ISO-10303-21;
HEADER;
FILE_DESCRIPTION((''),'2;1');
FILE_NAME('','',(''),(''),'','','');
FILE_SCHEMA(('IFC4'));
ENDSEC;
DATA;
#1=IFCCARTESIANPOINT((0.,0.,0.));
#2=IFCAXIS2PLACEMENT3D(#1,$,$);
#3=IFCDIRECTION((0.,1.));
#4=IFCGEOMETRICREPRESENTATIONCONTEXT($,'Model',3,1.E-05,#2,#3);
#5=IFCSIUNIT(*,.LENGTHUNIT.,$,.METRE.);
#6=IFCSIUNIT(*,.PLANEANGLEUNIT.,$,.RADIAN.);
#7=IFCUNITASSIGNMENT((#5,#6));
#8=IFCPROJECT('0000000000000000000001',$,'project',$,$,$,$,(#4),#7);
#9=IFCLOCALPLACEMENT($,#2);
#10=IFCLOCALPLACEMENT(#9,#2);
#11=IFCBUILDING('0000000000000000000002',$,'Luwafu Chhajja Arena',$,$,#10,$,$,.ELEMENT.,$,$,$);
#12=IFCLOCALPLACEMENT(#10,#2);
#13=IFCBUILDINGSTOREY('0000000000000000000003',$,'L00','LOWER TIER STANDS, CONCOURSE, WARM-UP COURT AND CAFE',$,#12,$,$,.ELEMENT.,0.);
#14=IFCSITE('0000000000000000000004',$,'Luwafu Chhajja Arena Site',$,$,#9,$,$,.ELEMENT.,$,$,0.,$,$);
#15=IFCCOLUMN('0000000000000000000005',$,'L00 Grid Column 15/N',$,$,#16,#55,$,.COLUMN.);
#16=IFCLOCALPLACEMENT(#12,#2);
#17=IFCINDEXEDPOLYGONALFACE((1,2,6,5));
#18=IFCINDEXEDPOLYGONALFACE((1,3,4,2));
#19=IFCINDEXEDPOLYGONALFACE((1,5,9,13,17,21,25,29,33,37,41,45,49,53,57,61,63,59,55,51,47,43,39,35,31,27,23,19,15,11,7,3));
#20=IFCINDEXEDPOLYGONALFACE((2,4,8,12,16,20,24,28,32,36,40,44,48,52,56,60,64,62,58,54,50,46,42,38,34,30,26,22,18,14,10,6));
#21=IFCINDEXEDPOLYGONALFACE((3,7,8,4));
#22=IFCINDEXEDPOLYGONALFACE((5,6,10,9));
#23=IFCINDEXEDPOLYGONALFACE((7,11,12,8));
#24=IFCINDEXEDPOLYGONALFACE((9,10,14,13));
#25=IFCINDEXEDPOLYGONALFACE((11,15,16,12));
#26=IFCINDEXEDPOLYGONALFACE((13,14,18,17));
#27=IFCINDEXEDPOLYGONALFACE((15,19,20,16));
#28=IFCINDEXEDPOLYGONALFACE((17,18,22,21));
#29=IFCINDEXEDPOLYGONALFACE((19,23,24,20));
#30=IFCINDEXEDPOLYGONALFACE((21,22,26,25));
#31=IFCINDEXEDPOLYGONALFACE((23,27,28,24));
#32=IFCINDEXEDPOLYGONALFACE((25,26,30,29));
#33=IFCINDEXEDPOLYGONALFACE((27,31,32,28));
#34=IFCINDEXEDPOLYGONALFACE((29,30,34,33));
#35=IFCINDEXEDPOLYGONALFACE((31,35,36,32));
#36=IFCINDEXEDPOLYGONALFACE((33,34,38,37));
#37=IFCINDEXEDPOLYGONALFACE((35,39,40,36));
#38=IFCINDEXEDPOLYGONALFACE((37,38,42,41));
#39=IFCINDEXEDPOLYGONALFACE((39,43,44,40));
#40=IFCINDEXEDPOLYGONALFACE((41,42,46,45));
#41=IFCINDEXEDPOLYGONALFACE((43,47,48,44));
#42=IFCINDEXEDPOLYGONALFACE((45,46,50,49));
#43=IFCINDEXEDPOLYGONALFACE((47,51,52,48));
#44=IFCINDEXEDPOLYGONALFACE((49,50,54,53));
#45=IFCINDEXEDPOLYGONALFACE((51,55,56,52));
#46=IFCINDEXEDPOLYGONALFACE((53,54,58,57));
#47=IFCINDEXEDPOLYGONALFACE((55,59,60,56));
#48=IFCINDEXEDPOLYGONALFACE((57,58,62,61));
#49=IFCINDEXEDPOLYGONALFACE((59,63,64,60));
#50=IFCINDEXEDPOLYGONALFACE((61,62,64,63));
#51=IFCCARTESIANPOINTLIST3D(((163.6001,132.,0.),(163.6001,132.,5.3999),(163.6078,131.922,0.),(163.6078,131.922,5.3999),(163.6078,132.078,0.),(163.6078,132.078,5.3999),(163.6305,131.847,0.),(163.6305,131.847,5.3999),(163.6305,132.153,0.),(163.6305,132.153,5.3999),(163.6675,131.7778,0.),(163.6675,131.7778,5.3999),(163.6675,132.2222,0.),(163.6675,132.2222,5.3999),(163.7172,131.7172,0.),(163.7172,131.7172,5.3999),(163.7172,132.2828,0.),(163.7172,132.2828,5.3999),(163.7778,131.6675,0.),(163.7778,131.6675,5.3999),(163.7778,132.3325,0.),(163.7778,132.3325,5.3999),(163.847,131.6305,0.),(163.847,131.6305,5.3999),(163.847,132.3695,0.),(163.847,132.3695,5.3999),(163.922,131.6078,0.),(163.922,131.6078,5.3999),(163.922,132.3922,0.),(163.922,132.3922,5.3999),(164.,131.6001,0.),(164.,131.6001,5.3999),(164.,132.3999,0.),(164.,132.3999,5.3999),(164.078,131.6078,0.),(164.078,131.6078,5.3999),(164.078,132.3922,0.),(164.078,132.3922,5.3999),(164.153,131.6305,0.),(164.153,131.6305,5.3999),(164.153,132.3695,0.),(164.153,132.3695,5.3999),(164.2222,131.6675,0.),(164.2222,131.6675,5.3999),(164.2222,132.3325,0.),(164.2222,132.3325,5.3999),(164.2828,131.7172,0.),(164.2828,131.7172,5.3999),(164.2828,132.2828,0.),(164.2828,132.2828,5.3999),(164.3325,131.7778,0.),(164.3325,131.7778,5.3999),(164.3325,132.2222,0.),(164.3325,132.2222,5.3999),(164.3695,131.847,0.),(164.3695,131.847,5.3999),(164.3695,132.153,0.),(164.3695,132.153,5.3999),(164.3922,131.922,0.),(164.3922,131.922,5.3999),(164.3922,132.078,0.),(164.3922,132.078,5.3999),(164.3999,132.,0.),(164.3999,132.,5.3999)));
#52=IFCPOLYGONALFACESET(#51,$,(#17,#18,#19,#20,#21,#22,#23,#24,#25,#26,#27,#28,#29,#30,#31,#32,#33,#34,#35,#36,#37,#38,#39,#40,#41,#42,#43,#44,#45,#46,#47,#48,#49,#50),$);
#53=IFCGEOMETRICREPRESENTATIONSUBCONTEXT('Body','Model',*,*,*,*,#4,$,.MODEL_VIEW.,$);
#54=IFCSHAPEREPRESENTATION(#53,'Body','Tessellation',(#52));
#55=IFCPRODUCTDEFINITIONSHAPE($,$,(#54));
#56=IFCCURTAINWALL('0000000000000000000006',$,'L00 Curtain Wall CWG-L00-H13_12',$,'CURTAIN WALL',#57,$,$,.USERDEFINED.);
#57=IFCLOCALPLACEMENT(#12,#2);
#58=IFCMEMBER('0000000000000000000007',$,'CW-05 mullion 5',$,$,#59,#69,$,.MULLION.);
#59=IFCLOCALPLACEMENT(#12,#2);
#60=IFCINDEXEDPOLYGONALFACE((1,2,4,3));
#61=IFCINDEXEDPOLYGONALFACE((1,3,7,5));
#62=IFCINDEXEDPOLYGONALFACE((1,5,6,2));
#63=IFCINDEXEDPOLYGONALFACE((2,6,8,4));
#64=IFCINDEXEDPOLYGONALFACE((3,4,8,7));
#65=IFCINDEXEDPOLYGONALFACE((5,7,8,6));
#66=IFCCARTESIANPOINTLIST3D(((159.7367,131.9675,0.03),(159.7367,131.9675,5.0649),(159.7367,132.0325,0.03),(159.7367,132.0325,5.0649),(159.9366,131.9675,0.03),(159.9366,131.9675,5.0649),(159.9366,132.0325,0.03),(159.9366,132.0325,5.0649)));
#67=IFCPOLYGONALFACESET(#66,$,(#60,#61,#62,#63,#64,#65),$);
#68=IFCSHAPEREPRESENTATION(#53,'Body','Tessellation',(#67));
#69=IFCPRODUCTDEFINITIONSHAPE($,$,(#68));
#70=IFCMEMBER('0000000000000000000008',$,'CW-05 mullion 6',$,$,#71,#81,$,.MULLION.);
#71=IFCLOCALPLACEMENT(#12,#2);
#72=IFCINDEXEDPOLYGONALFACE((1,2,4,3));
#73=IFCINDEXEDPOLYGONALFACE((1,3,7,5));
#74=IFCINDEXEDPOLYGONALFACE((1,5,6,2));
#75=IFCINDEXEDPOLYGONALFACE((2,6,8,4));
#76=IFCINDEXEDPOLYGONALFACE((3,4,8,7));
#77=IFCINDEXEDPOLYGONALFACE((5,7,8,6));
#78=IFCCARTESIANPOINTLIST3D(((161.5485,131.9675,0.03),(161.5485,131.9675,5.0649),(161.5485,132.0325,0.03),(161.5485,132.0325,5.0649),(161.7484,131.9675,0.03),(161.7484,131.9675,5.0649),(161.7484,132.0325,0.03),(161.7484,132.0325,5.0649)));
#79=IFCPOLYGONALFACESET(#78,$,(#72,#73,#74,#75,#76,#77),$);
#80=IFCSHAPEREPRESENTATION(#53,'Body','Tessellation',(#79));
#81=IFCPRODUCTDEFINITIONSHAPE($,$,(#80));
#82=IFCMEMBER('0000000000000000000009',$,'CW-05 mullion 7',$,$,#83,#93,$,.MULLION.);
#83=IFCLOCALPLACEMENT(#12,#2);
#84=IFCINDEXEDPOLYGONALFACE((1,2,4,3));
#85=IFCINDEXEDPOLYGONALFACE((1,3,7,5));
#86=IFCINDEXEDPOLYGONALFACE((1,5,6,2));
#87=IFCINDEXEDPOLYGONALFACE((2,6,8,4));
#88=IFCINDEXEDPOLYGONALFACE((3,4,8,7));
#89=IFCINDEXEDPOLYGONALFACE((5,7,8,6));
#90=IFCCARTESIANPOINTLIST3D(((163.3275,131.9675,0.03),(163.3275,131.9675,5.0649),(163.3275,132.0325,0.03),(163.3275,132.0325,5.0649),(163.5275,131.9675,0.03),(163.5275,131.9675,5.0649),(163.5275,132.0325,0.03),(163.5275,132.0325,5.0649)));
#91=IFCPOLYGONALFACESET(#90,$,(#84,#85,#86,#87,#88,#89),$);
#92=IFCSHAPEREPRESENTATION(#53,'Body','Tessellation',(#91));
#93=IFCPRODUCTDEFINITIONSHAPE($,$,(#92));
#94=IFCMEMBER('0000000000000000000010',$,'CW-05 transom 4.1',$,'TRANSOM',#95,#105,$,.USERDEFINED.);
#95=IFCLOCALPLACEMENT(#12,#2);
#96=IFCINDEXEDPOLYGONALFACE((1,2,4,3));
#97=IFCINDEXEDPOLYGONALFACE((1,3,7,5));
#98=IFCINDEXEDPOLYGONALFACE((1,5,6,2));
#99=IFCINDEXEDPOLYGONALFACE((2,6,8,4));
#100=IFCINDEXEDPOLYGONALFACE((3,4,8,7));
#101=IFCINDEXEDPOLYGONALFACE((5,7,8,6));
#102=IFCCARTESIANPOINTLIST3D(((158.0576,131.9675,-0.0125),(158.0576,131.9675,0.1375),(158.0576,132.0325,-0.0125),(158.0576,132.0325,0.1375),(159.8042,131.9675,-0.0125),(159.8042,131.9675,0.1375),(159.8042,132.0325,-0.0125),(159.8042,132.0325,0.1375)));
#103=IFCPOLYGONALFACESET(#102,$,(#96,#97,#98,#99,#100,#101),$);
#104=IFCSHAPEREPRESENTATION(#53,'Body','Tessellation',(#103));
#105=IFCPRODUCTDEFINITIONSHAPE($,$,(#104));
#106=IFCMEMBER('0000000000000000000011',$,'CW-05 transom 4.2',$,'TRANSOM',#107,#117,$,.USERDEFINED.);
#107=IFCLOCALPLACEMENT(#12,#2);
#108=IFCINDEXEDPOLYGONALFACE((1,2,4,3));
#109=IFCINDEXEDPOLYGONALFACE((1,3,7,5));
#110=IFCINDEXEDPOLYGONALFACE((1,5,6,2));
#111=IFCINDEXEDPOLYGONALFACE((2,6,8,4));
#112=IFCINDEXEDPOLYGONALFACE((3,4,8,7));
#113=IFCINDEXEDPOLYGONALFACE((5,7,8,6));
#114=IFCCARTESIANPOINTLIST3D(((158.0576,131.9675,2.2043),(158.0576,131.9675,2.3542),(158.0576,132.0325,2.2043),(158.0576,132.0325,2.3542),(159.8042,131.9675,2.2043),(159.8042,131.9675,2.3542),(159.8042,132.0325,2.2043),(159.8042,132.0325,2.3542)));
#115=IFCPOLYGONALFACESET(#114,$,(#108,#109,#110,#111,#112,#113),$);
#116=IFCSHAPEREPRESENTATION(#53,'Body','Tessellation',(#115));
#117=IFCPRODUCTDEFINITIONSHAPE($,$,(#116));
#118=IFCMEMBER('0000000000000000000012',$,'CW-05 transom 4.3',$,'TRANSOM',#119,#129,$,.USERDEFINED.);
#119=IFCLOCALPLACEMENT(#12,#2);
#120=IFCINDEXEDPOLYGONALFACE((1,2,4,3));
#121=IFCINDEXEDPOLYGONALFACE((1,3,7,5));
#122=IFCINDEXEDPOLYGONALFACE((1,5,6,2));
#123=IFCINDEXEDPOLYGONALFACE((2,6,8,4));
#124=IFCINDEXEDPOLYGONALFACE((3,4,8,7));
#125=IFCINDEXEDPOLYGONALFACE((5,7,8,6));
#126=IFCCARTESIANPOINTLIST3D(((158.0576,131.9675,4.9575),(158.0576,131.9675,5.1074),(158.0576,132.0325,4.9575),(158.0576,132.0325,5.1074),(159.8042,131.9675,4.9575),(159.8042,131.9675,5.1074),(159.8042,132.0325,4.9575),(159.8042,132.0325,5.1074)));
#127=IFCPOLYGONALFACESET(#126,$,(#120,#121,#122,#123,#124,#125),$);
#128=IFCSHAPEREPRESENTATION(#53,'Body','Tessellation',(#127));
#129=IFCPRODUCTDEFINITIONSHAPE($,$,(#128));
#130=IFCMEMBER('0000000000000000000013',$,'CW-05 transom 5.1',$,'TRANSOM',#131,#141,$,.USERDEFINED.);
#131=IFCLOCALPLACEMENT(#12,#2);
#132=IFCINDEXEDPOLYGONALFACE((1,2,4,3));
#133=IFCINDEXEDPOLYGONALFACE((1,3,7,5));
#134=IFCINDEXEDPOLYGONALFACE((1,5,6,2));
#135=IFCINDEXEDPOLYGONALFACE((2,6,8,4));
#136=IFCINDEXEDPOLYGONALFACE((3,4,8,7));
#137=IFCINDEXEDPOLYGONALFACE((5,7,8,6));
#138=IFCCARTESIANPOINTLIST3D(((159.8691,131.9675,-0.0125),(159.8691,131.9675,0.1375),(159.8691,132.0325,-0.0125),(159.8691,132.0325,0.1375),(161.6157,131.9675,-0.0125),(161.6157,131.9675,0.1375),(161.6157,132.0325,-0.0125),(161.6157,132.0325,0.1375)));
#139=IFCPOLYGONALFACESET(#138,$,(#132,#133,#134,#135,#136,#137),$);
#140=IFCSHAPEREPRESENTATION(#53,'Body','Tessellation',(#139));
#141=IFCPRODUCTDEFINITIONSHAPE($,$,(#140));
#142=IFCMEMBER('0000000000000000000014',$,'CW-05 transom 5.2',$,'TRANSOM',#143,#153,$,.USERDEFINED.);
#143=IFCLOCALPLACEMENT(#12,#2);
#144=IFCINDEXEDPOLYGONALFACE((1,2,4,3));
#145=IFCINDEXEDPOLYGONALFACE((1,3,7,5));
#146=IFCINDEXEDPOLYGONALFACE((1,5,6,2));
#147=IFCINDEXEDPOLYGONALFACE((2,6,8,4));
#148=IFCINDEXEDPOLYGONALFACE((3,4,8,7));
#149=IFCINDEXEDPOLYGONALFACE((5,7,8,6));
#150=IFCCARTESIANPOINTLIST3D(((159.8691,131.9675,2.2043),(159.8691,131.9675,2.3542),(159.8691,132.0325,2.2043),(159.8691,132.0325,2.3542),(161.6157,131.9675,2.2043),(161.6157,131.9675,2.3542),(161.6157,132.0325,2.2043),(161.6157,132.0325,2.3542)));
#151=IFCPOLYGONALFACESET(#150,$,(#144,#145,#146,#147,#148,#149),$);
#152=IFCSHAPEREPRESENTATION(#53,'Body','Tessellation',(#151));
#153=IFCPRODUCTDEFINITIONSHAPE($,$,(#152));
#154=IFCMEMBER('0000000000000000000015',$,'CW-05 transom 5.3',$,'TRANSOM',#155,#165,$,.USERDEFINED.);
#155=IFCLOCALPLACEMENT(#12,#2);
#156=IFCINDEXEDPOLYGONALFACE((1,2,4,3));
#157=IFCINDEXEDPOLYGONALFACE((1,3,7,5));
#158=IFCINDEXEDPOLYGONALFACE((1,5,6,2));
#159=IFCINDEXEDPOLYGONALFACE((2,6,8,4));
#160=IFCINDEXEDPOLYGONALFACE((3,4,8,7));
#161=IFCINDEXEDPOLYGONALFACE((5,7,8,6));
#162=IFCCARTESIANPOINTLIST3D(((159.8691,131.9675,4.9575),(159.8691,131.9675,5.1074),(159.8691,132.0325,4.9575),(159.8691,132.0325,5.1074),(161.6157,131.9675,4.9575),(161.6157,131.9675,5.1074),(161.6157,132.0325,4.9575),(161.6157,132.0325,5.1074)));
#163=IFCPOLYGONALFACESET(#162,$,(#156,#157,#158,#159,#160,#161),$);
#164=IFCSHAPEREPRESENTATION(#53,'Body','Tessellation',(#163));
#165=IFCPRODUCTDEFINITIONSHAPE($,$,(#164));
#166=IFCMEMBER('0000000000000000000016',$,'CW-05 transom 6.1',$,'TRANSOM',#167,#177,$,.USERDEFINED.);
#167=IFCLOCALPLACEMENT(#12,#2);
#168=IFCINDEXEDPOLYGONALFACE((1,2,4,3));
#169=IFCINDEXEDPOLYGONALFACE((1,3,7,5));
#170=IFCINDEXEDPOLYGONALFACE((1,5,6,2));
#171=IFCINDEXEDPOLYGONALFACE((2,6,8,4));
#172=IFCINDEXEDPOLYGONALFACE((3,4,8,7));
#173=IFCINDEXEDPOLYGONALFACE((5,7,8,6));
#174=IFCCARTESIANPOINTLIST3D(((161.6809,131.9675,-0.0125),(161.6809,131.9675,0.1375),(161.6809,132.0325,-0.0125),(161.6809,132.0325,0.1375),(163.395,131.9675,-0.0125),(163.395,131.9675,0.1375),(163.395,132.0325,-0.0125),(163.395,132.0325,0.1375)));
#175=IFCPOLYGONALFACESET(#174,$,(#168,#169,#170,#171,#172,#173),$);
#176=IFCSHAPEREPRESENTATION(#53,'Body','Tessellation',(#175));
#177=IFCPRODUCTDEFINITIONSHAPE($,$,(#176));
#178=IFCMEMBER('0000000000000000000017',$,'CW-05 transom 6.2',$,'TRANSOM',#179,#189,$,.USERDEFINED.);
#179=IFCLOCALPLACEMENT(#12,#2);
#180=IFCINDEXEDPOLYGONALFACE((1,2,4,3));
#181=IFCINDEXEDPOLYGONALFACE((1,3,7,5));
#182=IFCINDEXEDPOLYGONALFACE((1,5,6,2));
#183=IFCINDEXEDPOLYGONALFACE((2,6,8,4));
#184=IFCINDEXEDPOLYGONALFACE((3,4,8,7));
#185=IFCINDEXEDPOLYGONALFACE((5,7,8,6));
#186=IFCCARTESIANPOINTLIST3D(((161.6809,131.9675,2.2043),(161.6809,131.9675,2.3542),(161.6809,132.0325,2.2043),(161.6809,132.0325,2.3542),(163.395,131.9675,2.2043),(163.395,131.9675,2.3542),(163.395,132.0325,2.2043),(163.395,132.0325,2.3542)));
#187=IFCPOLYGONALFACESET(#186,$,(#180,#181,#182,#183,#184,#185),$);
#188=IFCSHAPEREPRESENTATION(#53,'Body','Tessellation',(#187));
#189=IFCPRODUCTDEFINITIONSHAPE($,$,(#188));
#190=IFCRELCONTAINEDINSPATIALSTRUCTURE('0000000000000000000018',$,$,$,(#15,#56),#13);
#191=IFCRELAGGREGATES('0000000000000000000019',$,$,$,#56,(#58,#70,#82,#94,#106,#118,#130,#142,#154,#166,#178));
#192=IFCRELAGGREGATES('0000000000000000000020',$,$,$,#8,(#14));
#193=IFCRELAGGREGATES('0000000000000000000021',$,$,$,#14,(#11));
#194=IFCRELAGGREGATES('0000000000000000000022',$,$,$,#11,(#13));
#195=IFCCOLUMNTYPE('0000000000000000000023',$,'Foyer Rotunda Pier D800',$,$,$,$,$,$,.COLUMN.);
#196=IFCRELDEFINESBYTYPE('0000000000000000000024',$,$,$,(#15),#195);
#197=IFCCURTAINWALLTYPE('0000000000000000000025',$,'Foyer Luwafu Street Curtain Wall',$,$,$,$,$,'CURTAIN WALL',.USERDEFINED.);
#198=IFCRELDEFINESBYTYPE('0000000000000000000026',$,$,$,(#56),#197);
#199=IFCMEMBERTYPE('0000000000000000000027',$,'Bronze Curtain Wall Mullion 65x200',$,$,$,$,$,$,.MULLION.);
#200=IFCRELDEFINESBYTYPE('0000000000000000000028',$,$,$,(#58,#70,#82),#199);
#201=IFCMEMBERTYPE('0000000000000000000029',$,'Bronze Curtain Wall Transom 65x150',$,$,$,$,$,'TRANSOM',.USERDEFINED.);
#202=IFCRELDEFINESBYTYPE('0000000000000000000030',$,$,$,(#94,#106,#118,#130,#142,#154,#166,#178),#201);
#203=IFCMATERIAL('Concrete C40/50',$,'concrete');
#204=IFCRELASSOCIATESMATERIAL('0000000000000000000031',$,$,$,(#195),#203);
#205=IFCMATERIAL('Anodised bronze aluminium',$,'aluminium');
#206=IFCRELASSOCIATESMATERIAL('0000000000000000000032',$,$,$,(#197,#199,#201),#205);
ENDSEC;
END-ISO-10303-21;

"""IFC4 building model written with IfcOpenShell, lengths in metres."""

from ifc_helpers import new_model, si_unit, direction, frame, origin, origin_2d, place, context, subcontext, project, spatial, rectangle, circle, extrude, material, material_profile, profile_set, type_object, element, aggregate, save


model = new_model("IFC4")

# Units and contexts
model_context = context("Model", 3, precision=1e-05, world=origin(), true_north=direction((0.0, 1.0)))
body_context = subcontext(model_context, "Body", "Model", "MODEL_VIEW")
ifc_project = project(units=[si_unit("LENGTHUNIT", "METRE"), si_unit("PLANEANGLEUNIT", "RADIAN")], contexts=[model_context])

# Site, building, storey
site_placement = place(None, origin())
site = spatial("IfcSite", under=ifc_project, at=site_placement, Name="Luwafu Chhajja Arena Site", CompositionType="ELEMENT", RefElevation=0.0)
building_placement = place(site_placement, origin())
building = spatial("IfcBuilding", under=site, at=building_placement, Name="Luwafu Chhajja Arena", CompositionType="ELEMENT")
storey_placement = place(building_placement, origin())
storey = spatial("IfcBuildingStorey", under=building, at=storey_placement, Name="L00", Description="LOWER TIER STANDS, CONCOURSE, WARM-UP COURT AND CAFE", CompositionType="ELEMENT", Elevation=0.0)

# Column
ifc_material_1 = material(Name="Concrete C40/50", Category="concrete")
ifc_material_profile_1 = material_profile(ifc_material_1, circle(Radius=0.3999, at=origin_2d()), Name="RC COL D800")
ifc_profile_set_1 = profile_set([ifc_material_profile_1], Name="Concrete C40/50")
column_type = type_object("IfcColumnType", Name="Foyer Rotunda Pier D800", PredefinedType="COLUMN", material=ifc_profile_set_1)
column_placement = place(storey_placement, frame((164.0, 132.0, 0.0), z_axis=(0.0, 0.0, 1.0), x_axis=(1.0, 0.0, 0.0)))
element("IfcColumn", 1, at=column_placement, inside=storey, type_object=column_type, Name="L00 Grid Column 15/N", PredefinedType="COLUMN", context=body_context, shape_type="SweptSolid", body=[
    extrude(circle(Radius=0.3999, at=origin_2d()), origin(), (0.0, 0.0, 1.0), 5.3999),
])

# Curtain wall, members
ifc_material_2 = material(Name="Anodised bronze aluminium", Category="aluminium")
curtain_wall_type = type_object("IfcCurtainWallType", Name="Foyer Luwafu Street Curtain Wall", ElementType="CURTAIN WALL", PredefinedType="USERDEFINED", material=ifc_material_2)
curtain_wall_placement = place(storey_placement, origin())
curtain_wall = element("IfcCurtainWall", 2, at=curtain_wall_placement, inside=storey, type_object=curtain_wall_type, Name="L00 Curtain Wall CWG-L00-H13_12", ObjectType="CURTAIN WALL", PredefinedType="USERDEFINED")
ifc_material_profile_2 = material_profile(ifc_material_2, rectangle(XDim=0.0649, YDim=0.2, at=origin_2d()), Name="CWM 65x200")
ifc_profile_set_2 = profile_set([ifc_material_profile_2], Name="Anodised bronze aluminium")
member_type_1 = type_object("IfcMemberType", Name="Bronze Curtain Wall Mullion 65x200", PredefinedType="MULLION", material=ifc_profile_set_2)
member_1_placement = place(storey_placement, frame((159.8367, 132.0, 0.03), z_axis=(0.0, 0.0, 1.0), x_axis=(0.0, 1.0, 0.0)))
member_1 = element("IfcMember", 3, at=member_1_placement, type_object=member_type_1, Name="CW-05 mullion 5", PredefinedType="MULLION", context=body_context, shape_type="SweptSolid", body=[
    extrude(rectangle(XDim=0.0649, YDim=0.2, at=origin_2d()), origin(), (0.0, 0.0, 1.0), 5.0349),
])
member_2_placement = place(storey_placement, frame((161.6484, 132.0, 0.03), z_axis=(0.0, 0.0, 1.0), x_axis=(0.0, 1.0, 0.0)))
member_2 = element("IfcMember", 4, at=member_2_placement, type_object=member_type_1, Name="CW-05 mullion 6", PredefinedType="MULLION", context=body_context, shape_type="SweptSolid", body=[
    extrude(rectangle(XDim=0.0649, YDim=0.2, at=origin_2d()), origin(), (0.0, 0.0, 1.0), 5.0349),
])
member_3_placement = place(storey_placement, frame((163.4275, 132.0, 0.03), z_axis=(0.0, 0.0, 1.0), x_axis=(0.0, 1.0, 0.0)))
member_3 = element("IfcMember", 5, at=member_3_placement, type_object=member_type_1, Name="CW-05 mullion 7", PredefinedType="MULLION", context=body_context, shape_type="SweptSolid", body=[
    extrude(rectangle(XDim=0.0649, YDim=0.2, at=origin_2d()), origin(), (0.0, 0.0, 1.0), 5.0349),
])
ifc_material_profile_3 = material_profile(ifc_material_2, rectangle(XDim=0.0649, YDim=0.1499, at=origin_2d()), Name="CWT 65x150")
ifc_profile_set_3 = profile_set([ifc_material_profile_3], Name="Anodised bronze aluminium")
member_type_2 = type_object("IfcMemberType", Name="Bronze Curtain Wall Transom 65x150", ElementType="TRANSOM", PredefinedType="USERDEFINED", material=ifc_profile_set_3)
member_4_placement = place(storey_placement, frame((158.0576, 132.0, 0.0625), z_axis=(1.0, 0.0, 0.0), x_axis=(0.0, 1.0, 0.0)))
member_4 = element("IfcMember", 6, at=member_4_placement, type_object=member_type_2, Name="CW-05 transom 4.1", ObjectType="TRANSOM", PredefinedType="USERDEFINED", context=body_context, shape_type="SweptSolid", body=[
    extrude(rectangle(XDim=0.0649, YDim=0.1499, at=origin_2d()), origin(), (0.0, 0.0, 1.0), 1.7466),
])
member_5_placement = place(storey_placement, frame((158.0576, 132.0, 2.2793), z_axis=(1.0, 0.0, 0.0), x_axis=(0.0, 1.0, 0.0)))
member_5 = element("IfcMember", 7, at=member_5_placement, type_object=member_type_2, Name="CW-05 transom 4.2", ObjectType="TRANSOM", PredefinedType="USERDEFINED", context=body_context, shape_type="SweptSolid", body=[
    extrude(rectangle(XDim=0.0649, YDim=0.1499, at=origin_2d()), origin(), (0.0, 0.0, 1.0), 1.7466),
])
member_6_placement = place(storey_placement, frame((158.0576, 132.0, 5.0325), z_axis=(1.0, 0.0, 0.0), x_axis=(0.0, 1.0, 0.0)))
member_6 = element("IfcMember", 8, at=member_6_placement, type_object=member_type_2, Name="CW-05 transom 4.3", ObjectType="TRANSOM", PredefinedType="USERDEFINED", context=body_context, shape_type="SweptSolid", body=[
    extrude(rectangle(XDim=0.0649, YDim=0.1499, at=origin_2d()), origin(), (0.0, 0.0, 1.0), 1.7466),
])
member_7_placement = place(storey_placement, frame((159.8691, 132.0, 0.0625), z_axis=(1.0, 0.0, 0.0), x_axis=(0.0, 1.0, 0.0)))
member_7 = element("IfcMember", 9, at=member_7_placement, type_object=member_type_2, Name="CW-05 transom 5.1", ObjectType="TRANSOM", PredefinedType="USERDEFINED", context=body_context, shape_type="SweptSolid", body=[
    extrude(rectangle(XDim=0.0649, YDim=0.1499, at=origin_2d()), origin(), (0.0, 0.0, 1.0), 1.7466),
])
member_8_placement = place(storey_placement, frame((159.8691, 132.0, 2.2793), z_axis=(1.0, 0.0, 0.0), x_axis=(0.0, 1.0, 0.0)))
member_8 = element("IfcMember", 10, at=member_8_placement, type_object=member_type_2, Name="CW-05 transom 5.2", ObjectType="TRANSOM", PredefinedType="USERDEFINED", context=body_context, shape_type="SweptSolid", body=[
    extrude(rectangle(XDim=0.0649, YDim=0.1499, at=origin_2d()), origin(), (0.0, 0.0, 1.0), 1.7466),
])
member_9_placement = place(storey_placement, frame((159.8691, 132.0, 5.0325), z_axis=(1.0, 0.0, 0.0), x_axis=(0.0, 1.0, 0.0)))
member_9 = element("IfcMember", 11, at=member_9_placement, type_object=member_type_2, Name="CW-05 transom 5.3", ObjectType="TRANSOM", PredefinedType="USERDEFINED", context=body_context, shape_type="SweptSolid", body=[
    extrude(rectangle(XDim=0.0649, YDim=0.1499, at=origin_2d()), origin(), (0.0, 0.0, 1.0), 1.7466),
])
member_10_placement = place(storey_placement, frame((161.6809, 132.0, 0.0625), z_axis=(1.0, 0.0, 0.0), x_axis=(0.0, 1.0, 0.0)))
member_10 = element("IfcMember", 12, at=member_10_placement, type_object=member_type_2, Name="CW-05 transom 6.1", ObjectType="TRANSOM", PredefinedType="USERDEFINED", context=body_context, shape_type="SweptSolid", body=[
    extrude(rectangle(XDim=0.0649, YDim=0.1499, at=origin_2d()), origin(), (0.0, 0.0, 1.0), 1.7141),
])
member_11_placement = place(storey_placement, frame((161.6809, 132.0, 2.2793), z_axis=(1.0, 0.0, 0.0), x_axis=(0.0, 1.0, 0.0)))
member_11 = element("IfcMember", 13, at=member_11_placement, type_object=member_type_2, Name="CW-05 transom 6.2", ObjectType="TRANSOM", PredefinedType="USERDEFINED", context=body_context, shape_type="SweptSolid", body=[
    extrude(rectangle(XDim=0.0649, YDim=0.1499, at=origin_2d()), origin(), (0.0, 0.0, 1.0), 1.7141),
])

aggregate(curtain_wall, [member_1, member_2, member_3, member_4, member_5, member_6, member_7, member_8, member_9, member_10, member_11])

save(model, "model.ifc")
